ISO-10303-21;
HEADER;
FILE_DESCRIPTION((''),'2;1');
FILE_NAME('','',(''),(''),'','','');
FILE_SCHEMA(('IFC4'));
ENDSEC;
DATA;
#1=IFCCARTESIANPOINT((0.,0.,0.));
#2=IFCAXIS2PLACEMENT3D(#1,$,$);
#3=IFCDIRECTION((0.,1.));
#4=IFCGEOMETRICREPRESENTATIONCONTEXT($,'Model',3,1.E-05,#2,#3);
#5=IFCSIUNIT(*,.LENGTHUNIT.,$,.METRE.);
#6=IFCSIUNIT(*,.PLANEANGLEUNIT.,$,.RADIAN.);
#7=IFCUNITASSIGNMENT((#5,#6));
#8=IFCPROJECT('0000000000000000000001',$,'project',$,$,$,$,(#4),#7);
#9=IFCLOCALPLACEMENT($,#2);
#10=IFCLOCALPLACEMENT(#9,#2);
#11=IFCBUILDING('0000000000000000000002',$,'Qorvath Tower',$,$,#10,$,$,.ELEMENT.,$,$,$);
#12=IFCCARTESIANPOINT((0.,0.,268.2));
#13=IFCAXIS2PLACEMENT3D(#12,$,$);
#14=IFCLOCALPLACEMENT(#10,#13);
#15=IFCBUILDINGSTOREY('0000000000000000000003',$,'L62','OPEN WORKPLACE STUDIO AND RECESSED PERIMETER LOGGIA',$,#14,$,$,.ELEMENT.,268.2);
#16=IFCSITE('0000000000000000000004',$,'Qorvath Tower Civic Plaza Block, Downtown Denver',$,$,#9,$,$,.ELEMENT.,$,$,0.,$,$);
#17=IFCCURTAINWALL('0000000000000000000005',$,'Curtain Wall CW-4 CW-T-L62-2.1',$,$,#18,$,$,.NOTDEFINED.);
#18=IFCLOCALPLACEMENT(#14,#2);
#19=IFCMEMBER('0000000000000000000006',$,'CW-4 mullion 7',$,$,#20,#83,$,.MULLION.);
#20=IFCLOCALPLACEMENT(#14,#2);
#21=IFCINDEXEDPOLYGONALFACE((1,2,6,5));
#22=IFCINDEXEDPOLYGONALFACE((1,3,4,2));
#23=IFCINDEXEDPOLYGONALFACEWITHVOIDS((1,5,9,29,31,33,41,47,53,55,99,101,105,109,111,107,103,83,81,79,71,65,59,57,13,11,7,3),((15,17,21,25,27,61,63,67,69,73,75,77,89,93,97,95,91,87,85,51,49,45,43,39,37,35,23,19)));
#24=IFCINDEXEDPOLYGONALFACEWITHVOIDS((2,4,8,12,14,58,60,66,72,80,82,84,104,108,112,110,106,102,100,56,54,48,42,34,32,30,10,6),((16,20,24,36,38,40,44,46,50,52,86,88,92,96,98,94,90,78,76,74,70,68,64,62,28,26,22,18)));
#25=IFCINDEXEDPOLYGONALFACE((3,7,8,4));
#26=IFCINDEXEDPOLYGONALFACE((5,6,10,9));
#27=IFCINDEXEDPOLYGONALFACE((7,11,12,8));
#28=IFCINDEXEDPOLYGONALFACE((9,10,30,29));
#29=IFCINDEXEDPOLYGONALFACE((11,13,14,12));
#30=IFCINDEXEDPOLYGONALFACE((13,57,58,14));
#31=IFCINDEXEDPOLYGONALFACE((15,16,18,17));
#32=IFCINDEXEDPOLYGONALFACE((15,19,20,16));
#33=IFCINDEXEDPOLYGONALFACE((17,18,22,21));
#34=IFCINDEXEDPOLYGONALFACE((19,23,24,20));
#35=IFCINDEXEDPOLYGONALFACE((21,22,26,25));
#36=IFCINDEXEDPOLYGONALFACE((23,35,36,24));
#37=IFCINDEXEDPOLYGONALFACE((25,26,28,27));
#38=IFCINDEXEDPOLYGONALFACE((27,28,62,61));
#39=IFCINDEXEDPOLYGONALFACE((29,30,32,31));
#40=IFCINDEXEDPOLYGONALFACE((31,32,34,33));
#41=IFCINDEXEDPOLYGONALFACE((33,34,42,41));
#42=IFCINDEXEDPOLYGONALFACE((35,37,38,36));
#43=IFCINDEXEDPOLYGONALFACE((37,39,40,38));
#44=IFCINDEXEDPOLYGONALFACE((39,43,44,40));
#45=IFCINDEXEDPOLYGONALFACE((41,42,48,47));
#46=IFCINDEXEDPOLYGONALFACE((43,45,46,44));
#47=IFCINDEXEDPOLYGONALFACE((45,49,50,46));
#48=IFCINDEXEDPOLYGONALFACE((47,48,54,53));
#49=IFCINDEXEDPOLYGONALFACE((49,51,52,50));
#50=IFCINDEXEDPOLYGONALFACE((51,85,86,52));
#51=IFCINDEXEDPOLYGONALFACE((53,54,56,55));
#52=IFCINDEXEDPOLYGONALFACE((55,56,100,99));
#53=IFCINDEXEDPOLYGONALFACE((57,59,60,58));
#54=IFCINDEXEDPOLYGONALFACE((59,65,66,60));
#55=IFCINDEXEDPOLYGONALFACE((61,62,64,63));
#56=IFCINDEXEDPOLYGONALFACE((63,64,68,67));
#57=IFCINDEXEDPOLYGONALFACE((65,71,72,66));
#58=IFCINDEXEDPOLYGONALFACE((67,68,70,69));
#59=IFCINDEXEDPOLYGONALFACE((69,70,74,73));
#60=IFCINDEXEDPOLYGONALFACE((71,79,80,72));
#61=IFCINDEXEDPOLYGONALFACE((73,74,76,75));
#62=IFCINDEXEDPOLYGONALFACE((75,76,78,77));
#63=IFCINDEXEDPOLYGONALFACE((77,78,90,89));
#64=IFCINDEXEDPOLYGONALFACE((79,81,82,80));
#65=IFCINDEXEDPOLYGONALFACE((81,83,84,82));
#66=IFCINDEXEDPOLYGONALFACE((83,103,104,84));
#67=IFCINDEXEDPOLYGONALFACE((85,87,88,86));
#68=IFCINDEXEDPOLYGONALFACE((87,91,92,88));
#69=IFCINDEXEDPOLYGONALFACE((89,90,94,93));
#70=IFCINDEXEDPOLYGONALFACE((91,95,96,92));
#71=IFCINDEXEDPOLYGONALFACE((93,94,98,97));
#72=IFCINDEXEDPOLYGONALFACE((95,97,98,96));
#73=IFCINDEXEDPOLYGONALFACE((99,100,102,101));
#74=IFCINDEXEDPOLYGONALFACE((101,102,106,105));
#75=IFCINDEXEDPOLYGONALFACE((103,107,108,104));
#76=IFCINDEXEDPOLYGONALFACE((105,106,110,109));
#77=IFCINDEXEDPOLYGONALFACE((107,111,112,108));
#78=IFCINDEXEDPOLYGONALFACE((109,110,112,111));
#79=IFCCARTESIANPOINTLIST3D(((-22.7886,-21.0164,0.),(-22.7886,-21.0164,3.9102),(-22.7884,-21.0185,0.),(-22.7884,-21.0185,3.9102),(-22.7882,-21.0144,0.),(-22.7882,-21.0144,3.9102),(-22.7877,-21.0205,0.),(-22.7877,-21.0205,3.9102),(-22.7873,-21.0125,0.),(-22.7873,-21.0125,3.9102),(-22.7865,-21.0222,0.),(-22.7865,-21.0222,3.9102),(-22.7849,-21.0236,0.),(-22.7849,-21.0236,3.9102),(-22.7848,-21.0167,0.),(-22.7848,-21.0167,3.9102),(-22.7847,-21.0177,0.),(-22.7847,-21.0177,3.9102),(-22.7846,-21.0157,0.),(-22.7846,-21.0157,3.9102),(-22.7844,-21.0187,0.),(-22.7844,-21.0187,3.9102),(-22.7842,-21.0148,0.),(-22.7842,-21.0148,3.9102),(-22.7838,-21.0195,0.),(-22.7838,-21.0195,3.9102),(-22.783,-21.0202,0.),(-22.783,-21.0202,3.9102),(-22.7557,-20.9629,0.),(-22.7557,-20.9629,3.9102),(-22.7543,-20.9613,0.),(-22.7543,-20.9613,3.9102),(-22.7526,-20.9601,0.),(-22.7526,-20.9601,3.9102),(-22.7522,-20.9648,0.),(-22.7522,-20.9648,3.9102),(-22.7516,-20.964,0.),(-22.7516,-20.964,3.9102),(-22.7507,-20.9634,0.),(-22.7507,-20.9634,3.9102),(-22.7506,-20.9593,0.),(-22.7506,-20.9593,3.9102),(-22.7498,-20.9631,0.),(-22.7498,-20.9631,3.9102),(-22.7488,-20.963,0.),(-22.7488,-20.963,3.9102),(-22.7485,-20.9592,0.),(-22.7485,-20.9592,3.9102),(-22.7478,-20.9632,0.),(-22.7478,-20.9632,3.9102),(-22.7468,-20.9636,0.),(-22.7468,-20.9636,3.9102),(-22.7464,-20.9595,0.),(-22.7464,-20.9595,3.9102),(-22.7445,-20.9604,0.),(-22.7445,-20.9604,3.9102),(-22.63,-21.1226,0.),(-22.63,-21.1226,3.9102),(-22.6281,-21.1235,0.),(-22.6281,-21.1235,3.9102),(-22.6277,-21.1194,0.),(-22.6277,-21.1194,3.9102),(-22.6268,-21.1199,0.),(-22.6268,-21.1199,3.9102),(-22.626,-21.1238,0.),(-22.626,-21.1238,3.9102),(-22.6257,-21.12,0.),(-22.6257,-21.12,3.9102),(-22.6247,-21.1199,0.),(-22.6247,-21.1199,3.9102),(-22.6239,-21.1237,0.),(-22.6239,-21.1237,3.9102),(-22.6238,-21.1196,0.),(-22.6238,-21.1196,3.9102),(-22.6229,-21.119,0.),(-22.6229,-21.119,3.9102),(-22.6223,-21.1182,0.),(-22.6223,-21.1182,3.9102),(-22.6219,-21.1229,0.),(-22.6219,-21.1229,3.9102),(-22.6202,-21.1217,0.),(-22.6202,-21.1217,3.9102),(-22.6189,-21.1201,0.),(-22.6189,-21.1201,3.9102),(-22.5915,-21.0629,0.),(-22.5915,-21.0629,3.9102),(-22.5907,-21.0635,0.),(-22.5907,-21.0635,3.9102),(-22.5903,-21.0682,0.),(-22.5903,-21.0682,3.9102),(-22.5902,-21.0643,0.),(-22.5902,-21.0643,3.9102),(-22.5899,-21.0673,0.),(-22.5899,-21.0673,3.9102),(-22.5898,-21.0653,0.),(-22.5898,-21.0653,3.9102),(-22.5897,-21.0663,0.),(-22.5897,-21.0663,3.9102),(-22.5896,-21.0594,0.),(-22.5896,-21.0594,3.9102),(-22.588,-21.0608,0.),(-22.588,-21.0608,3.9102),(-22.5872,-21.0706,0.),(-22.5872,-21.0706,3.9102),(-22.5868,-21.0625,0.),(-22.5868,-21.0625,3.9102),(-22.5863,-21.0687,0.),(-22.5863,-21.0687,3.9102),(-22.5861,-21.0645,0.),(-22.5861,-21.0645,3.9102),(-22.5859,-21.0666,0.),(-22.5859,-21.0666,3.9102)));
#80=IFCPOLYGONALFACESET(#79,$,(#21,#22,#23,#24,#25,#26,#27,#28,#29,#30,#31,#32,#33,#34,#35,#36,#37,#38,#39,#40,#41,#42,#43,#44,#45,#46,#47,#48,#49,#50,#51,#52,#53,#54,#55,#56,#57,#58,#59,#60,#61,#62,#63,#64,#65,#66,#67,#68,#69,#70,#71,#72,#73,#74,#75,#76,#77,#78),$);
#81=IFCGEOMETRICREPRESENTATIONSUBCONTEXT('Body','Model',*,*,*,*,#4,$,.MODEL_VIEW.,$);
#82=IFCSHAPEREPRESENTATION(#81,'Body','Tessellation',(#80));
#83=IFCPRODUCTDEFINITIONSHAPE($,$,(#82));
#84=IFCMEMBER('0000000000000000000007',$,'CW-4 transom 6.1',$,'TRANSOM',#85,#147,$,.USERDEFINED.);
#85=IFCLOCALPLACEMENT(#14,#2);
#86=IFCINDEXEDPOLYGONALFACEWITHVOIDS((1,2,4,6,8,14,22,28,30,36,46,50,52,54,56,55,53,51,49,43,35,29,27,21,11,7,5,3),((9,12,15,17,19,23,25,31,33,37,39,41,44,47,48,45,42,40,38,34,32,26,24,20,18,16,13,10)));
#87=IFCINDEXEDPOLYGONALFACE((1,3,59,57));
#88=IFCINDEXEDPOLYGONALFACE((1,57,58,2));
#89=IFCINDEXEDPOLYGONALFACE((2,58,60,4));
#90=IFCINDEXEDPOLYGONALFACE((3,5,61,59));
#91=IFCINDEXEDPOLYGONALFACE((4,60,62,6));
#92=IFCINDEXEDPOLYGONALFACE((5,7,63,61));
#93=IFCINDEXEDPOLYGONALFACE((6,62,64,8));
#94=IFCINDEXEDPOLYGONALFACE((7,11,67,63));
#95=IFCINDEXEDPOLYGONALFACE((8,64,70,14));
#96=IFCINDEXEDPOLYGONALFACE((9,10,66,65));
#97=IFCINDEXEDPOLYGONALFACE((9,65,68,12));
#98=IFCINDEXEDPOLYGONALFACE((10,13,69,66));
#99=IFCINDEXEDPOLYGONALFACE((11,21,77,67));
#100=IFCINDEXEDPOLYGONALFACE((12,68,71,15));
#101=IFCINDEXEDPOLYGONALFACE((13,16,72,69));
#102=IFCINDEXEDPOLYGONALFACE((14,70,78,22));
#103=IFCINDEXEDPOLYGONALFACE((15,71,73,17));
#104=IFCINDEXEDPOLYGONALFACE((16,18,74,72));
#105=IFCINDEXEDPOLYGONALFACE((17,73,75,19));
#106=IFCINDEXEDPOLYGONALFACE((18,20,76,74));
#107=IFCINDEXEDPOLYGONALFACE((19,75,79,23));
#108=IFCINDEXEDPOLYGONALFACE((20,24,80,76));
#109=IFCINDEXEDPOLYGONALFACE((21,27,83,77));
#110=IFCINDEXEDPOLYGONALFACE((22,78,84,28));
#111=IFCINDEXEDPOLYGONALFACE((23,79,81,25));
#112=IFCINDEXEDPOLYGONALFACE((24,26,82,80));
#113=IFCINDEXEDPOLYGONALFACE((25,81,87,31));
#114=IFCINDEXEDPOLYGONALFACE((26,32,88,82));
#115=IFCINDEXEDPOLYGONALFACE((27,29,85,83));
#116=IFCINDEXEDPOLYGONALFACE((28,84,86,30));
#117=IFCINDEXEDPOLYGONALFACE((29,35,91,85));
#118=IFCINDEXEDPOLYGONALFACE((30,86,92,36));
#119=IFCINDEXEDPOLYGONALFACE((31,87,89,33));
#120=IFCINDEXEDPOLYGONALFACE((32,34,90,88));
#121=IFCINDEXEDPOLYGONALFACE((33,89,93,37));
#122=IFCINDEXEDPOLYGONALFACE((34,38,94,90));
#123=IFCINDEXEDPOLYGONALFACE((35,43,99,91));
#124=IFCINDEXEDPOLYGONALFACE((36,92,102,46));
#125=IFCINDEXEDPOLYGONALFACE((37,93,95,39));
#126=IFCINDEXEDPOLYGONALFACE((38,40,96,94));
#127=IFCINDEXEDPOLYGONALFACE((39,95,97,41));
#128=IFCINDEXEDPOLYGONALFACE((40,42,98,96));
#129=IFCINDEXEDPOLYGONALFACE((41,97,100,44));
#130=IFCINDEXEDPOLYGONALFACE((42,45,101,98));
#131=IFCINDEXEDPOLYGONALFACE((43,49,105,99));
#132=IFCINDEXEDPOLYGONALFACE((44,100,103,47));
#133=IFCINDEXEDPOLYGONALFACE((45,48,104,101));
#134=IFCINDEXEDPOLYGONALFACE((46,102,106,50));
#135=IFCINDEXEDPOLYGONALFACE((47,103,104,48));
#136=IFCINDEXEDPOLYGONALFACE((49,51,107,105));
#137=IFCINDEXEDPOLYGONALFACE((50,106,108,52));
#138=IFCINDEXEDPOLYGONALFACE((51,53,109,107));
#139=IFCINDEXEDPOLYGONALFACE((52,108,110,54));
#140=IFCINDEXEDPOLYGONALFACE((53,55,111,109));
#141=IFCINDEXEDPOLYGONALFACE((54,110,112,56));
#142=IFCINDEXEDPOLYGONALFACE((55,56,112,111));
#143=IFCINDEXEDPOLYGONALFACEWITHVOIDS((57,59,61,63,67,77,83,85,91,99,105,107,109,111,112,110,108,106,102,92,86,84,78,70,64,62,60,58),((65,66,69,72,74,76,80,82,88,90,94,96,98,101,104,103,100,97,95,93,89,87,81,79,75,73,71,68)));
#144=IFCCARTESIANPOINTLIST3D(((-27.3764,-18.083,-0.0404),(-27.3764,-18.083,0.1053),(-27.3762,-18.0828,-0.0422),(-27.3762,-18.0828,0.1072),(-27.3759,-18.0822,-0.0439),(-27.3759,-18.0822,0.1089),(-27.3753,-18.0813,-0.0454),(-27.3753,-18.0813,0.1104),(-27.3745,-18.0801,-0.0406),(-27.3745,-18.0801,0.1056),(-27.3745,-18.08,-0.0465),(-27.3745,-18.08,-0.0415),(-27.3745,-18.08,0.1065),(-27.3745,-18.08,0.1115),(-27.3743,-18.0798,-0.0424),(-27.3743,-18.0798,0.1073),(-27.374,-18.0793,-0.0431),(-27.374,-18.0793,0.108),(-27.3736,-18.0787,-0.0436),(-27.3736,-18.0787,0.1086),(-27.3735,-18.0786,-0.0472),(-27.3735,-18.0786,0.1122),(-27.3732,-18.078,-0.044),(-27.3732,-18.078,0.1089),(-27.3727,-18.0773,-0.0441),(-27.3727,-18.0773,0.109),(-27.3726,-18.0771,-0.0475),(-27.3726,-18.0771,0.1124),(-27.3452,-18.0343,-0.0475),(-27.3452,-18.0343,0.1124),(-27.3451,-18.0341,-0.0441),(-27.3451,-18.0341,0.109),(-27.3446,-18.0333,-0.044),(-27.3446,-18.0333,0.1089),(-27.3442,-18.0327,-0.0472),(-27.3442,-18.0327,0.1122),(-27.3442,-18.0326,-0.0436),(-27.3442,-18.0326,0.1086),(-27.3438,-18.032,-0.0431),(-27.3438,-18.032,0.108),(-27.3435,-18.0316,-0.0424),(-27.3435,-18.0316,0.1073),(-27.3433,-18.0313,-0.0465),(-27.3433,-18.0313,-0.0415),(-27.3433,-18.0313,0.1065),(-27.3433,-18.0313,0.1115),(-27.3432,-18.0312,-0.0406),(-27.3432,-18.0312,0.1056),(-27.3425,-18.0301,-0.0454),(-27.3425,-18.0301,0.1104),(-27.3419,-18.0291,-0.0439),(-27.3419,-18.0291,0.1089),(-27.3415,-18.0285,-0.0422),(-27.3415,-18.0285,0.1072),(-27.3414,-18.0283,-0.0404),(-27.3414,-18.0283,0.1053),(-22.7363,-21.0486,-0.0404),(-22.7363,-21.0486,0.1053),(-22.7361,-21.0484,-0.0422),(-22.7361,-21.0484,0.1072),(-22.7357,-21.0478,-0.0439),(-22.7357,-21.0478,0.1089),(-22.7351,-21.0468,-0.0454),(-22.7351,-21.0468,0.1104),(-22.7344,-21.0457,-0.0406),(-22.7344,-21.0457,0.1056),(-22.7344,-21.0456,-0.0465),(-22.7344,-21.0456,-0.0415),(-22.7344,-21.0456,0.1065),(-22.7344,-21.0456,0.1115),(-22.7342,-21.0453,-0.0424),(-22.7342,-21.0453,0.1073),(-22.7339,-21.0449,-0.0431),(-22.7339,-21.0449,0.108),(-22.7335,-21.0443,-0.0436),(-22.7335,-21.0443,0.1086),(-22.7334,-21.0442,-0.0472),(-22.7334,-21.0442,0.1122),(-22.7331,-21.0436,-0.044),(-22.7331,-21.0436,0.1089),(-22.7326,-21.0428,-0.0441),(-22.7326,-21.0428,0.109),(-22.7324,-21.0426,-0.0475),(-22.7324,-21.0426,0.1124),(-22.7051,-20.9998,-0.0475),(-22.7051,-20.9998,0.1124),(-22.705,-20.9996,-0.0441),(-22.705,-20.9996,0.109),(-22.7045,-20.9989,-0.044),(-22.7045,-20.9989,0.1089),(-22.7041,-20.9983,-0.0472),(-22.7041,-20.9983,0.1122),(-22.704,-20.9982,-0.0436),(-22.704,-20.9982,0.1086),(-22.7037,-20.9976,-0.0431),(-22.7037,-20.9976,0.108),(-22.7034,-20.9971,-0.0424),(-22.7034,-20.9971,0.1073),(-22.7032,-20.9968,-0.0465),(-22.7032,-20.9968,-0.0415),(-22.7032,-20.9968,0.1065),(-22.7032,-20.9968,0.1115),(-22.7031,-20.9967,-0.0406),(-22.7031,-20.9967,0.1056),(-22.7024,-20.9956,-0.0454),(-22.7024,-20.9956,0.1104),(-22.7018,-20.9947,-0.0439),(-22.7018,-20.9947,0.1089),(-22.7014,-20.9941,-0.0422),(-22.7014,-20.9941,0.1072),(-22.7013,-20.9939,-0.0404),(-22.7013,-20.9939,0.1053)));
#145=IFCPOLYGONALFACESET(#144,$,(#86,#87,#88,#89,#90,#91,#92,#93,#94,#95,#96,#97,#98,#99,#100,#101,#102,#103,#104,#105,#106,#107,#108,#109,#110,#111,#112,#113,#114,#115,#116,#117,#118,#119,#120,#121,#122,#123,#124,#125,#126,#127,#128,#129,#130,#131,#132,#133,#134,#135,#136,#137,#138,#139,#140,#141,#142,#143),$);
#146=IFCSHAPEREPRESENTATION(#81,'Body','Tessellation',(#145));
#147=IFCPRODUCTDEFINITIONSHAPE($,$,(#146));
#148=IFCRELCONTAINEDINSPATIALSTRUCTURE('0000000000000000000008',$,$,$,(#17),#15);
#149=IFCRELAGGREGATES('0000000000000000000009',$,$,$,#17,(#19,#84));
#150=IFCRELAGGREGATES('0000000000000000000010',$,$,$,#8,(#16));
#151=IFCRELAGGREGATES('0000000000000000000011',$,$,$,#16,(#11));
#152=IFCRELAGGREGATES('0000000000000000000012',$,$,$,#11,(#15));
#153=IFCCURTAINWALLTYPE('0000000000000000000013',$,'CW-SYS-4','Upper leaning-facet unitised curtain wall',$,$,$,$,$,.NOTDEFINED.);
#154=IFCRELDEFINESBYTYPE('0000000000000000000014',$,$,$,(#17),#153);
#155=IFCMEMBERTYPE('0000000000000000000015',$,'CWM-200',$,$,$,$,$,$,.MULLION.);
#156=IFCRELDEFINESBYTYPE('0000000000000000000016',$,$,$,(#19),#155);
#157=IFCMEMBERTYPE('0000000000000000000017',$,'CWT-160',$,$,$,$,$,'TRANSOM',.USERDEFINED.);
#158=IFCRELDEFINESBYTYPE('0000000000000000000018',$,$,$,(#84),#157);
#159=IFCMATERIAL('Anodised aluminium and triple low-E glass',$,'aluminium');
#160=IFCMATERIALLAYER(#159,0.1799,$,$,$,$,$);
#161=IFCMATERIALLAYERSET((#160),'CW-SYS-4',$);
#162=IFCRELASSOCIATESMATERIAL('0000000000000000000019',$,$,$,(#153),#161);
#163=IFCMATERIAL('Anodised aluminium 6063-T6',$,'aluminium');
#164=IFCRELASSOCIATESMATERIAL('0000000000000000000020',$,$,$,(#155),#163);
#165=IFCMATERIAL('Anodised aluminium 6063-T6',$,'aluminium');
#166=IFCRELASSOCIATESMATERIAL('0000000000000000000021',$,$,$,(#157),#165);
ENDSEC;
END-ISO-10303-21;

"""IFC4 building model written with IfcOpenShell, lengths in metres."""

from ifc_helpers import new_model, si_unit, direction, frame, origin, origin_2d, place, context, subcontext, project, spatial, hollow_rectangle, extrude, material, layer, layer_set, material_profile, profile_set, type_object, element, aggregate, save


model = new_model("IFC4")

# Units and contexts
model_context = context("Model", 3, precision=1e-05, world=origin(), true_north=direction((0.0, 1.0)))
body_context = subcontext(model_context, "Body", "Model", "MODEL_VIEW")
ifc_project = project(units=[si_unit("LENGTHUNIT", "METRE"), si_unit("PLANEANGLEUNIT", "RADIAN")], contexts=[model_context])

# Site, building, storey
site_placement = place(None, origin())
site = spatial("IfcSite", under=ifc_project, at=site_placement, Name="Qorvath Tower Civic Plaza Block, Downtown Denver", CompositionType="ELEMENT", RefElevation=0.0)
building_placement = place(site_placement, origin())
building = spatial("IfcBuilding", under=site, at=building_placement, Name="Qorvath Tower", CompositionType="ELEMENT")
storey_placement = place(building_placement, frame((0.0, 0.0, 268.2)))
storey = spatial("IfcBuildingStorey", under=building, at=storey_placement, Name="L62", Description="OPEN WORKPLACE STUDIO AND RECESSED PERIMETER LOGGIA", CompositionType="ELEMENT", Elevation=268.2)

# Curtain wall, members
ifc_material_1 = material(Name="Anodised aluminium and triple low-E glass", Category="aluminium")
ifc_layer_1 = layer(ifc_material_1, 0.1799)
ifc_layer_set_1 = layer_set([ifc_layer_1], Name="CW-SYS-4")
curtain_wall_type = type_object("IfcCurtainWallType", Name="CW-SYS-4", Description="Upper leaning-facet unitised curtain wall", PredefinedType="NOTDEFINED", material=ifc_layer_set_1)
curtain_wall_placement = place(storey_placement, origin())
curtain_wall = element("IfcCurtainWall", 1, at=curtain_wall_placement, inside=storey, type_object=curtain_wall_type, Name="Curtain Wall CW-4 CW-T-L62-2.1", PredefinedType="NOTDEFINED")
ifc_material_2 = material(Name="Anodised aluminium 6063-T6", Category="aluminium")
ifc_material_profile_1 = material_profile(ifc_material_2, hollow_rectangle(XDim=0.075, YDim=0.2, WallThickness=0.0039, InnerFilletRadius=0.0039, OuterFilletRadius=0.0081, at=origin_2d()), Name="CWM 200x75")
ifc_profile_set_1 = profile_set([ifc_material_profile_1], Name="Anodised aluminium 6063-T6")
member_type_1 = type_object("IfcMemberType", Name="CWM-200", PredefinedType="MULLION", material=ifc_profile_set_1)
member_1_placement = place(storey_placement, frame((-22.6873, -21.0415, 0.0), z_axis=(0.0, 0.0, 1.0), x_axis=(0.538534, 0.842604, 0.0)))
member_1 = element("IfcMember", 2, at=member_1_placement, type_object=member_type_1, Name="CW-4 mullion 7", PredefinedType="MULLION", context=body_context, shape_type="SweptSolid", body=[
    extrude(hollow_rectangle(XDim=0.075, YDim=0.2, WallThickness=0.0039, InnerFilletRadius=0.0039, OuterFilletRadius=0.0081, at=origin_2d()), origin(), (0.0, 0.0, 1.0), 3.9102),
])
ifc_material_3 = material(Name="Anodised aluminium 6063-T6", Category="aluminium")
ifc_material_profile_2 = material_profile(ifc_material_3, hollow_rectangle(XDim=0.0649, YDim=0.1599, WallThickness=0.0034, InnerFilletRadius=0.0034, OuterFilletRadius=0.0071, at=origin_2d()), Name="CWT 160x65")
ifc_profile_set_2 = profile_set([ifc_material_profile_2], Name="Anodised aluminium 6063-T6")
member_type_2 = type_object("IfcMemberType", Name="CWT-160", ElementType="TRANSOM", PredefinedType="USERDEFINED", material=ifc_profile_set_2)
member_2_placement = place(storey_placement, frame((-27.3589, -18.0557, 0.0325), z_axis=(0.84261, -0.538524, 0.0), x_axis=(0.538524, 0.84261, 0.0)))
member_2 = element("IfcMember", 3, at=member_2_placement, type_object=member_type_2, Name="CW-4 transom 6.1", ObjectType="TRANSOM", PredefinedType="USERDEFINED", context=body_context, shape_type="SweptSolid", body=[
    extrude(hollow_rectangle(XDim=0.0649, YDim=0.1599, WallThickness=0.0034, InnerFilletRadius=0.0034, OuterFilletRadius=0.0071, at=origin_2d()), origin(), (0.0, 0.0, 1.0), 5.5068),
])
aggregate(curtain_wall, [member_1, member_2])

save(model, "model.ifc")
